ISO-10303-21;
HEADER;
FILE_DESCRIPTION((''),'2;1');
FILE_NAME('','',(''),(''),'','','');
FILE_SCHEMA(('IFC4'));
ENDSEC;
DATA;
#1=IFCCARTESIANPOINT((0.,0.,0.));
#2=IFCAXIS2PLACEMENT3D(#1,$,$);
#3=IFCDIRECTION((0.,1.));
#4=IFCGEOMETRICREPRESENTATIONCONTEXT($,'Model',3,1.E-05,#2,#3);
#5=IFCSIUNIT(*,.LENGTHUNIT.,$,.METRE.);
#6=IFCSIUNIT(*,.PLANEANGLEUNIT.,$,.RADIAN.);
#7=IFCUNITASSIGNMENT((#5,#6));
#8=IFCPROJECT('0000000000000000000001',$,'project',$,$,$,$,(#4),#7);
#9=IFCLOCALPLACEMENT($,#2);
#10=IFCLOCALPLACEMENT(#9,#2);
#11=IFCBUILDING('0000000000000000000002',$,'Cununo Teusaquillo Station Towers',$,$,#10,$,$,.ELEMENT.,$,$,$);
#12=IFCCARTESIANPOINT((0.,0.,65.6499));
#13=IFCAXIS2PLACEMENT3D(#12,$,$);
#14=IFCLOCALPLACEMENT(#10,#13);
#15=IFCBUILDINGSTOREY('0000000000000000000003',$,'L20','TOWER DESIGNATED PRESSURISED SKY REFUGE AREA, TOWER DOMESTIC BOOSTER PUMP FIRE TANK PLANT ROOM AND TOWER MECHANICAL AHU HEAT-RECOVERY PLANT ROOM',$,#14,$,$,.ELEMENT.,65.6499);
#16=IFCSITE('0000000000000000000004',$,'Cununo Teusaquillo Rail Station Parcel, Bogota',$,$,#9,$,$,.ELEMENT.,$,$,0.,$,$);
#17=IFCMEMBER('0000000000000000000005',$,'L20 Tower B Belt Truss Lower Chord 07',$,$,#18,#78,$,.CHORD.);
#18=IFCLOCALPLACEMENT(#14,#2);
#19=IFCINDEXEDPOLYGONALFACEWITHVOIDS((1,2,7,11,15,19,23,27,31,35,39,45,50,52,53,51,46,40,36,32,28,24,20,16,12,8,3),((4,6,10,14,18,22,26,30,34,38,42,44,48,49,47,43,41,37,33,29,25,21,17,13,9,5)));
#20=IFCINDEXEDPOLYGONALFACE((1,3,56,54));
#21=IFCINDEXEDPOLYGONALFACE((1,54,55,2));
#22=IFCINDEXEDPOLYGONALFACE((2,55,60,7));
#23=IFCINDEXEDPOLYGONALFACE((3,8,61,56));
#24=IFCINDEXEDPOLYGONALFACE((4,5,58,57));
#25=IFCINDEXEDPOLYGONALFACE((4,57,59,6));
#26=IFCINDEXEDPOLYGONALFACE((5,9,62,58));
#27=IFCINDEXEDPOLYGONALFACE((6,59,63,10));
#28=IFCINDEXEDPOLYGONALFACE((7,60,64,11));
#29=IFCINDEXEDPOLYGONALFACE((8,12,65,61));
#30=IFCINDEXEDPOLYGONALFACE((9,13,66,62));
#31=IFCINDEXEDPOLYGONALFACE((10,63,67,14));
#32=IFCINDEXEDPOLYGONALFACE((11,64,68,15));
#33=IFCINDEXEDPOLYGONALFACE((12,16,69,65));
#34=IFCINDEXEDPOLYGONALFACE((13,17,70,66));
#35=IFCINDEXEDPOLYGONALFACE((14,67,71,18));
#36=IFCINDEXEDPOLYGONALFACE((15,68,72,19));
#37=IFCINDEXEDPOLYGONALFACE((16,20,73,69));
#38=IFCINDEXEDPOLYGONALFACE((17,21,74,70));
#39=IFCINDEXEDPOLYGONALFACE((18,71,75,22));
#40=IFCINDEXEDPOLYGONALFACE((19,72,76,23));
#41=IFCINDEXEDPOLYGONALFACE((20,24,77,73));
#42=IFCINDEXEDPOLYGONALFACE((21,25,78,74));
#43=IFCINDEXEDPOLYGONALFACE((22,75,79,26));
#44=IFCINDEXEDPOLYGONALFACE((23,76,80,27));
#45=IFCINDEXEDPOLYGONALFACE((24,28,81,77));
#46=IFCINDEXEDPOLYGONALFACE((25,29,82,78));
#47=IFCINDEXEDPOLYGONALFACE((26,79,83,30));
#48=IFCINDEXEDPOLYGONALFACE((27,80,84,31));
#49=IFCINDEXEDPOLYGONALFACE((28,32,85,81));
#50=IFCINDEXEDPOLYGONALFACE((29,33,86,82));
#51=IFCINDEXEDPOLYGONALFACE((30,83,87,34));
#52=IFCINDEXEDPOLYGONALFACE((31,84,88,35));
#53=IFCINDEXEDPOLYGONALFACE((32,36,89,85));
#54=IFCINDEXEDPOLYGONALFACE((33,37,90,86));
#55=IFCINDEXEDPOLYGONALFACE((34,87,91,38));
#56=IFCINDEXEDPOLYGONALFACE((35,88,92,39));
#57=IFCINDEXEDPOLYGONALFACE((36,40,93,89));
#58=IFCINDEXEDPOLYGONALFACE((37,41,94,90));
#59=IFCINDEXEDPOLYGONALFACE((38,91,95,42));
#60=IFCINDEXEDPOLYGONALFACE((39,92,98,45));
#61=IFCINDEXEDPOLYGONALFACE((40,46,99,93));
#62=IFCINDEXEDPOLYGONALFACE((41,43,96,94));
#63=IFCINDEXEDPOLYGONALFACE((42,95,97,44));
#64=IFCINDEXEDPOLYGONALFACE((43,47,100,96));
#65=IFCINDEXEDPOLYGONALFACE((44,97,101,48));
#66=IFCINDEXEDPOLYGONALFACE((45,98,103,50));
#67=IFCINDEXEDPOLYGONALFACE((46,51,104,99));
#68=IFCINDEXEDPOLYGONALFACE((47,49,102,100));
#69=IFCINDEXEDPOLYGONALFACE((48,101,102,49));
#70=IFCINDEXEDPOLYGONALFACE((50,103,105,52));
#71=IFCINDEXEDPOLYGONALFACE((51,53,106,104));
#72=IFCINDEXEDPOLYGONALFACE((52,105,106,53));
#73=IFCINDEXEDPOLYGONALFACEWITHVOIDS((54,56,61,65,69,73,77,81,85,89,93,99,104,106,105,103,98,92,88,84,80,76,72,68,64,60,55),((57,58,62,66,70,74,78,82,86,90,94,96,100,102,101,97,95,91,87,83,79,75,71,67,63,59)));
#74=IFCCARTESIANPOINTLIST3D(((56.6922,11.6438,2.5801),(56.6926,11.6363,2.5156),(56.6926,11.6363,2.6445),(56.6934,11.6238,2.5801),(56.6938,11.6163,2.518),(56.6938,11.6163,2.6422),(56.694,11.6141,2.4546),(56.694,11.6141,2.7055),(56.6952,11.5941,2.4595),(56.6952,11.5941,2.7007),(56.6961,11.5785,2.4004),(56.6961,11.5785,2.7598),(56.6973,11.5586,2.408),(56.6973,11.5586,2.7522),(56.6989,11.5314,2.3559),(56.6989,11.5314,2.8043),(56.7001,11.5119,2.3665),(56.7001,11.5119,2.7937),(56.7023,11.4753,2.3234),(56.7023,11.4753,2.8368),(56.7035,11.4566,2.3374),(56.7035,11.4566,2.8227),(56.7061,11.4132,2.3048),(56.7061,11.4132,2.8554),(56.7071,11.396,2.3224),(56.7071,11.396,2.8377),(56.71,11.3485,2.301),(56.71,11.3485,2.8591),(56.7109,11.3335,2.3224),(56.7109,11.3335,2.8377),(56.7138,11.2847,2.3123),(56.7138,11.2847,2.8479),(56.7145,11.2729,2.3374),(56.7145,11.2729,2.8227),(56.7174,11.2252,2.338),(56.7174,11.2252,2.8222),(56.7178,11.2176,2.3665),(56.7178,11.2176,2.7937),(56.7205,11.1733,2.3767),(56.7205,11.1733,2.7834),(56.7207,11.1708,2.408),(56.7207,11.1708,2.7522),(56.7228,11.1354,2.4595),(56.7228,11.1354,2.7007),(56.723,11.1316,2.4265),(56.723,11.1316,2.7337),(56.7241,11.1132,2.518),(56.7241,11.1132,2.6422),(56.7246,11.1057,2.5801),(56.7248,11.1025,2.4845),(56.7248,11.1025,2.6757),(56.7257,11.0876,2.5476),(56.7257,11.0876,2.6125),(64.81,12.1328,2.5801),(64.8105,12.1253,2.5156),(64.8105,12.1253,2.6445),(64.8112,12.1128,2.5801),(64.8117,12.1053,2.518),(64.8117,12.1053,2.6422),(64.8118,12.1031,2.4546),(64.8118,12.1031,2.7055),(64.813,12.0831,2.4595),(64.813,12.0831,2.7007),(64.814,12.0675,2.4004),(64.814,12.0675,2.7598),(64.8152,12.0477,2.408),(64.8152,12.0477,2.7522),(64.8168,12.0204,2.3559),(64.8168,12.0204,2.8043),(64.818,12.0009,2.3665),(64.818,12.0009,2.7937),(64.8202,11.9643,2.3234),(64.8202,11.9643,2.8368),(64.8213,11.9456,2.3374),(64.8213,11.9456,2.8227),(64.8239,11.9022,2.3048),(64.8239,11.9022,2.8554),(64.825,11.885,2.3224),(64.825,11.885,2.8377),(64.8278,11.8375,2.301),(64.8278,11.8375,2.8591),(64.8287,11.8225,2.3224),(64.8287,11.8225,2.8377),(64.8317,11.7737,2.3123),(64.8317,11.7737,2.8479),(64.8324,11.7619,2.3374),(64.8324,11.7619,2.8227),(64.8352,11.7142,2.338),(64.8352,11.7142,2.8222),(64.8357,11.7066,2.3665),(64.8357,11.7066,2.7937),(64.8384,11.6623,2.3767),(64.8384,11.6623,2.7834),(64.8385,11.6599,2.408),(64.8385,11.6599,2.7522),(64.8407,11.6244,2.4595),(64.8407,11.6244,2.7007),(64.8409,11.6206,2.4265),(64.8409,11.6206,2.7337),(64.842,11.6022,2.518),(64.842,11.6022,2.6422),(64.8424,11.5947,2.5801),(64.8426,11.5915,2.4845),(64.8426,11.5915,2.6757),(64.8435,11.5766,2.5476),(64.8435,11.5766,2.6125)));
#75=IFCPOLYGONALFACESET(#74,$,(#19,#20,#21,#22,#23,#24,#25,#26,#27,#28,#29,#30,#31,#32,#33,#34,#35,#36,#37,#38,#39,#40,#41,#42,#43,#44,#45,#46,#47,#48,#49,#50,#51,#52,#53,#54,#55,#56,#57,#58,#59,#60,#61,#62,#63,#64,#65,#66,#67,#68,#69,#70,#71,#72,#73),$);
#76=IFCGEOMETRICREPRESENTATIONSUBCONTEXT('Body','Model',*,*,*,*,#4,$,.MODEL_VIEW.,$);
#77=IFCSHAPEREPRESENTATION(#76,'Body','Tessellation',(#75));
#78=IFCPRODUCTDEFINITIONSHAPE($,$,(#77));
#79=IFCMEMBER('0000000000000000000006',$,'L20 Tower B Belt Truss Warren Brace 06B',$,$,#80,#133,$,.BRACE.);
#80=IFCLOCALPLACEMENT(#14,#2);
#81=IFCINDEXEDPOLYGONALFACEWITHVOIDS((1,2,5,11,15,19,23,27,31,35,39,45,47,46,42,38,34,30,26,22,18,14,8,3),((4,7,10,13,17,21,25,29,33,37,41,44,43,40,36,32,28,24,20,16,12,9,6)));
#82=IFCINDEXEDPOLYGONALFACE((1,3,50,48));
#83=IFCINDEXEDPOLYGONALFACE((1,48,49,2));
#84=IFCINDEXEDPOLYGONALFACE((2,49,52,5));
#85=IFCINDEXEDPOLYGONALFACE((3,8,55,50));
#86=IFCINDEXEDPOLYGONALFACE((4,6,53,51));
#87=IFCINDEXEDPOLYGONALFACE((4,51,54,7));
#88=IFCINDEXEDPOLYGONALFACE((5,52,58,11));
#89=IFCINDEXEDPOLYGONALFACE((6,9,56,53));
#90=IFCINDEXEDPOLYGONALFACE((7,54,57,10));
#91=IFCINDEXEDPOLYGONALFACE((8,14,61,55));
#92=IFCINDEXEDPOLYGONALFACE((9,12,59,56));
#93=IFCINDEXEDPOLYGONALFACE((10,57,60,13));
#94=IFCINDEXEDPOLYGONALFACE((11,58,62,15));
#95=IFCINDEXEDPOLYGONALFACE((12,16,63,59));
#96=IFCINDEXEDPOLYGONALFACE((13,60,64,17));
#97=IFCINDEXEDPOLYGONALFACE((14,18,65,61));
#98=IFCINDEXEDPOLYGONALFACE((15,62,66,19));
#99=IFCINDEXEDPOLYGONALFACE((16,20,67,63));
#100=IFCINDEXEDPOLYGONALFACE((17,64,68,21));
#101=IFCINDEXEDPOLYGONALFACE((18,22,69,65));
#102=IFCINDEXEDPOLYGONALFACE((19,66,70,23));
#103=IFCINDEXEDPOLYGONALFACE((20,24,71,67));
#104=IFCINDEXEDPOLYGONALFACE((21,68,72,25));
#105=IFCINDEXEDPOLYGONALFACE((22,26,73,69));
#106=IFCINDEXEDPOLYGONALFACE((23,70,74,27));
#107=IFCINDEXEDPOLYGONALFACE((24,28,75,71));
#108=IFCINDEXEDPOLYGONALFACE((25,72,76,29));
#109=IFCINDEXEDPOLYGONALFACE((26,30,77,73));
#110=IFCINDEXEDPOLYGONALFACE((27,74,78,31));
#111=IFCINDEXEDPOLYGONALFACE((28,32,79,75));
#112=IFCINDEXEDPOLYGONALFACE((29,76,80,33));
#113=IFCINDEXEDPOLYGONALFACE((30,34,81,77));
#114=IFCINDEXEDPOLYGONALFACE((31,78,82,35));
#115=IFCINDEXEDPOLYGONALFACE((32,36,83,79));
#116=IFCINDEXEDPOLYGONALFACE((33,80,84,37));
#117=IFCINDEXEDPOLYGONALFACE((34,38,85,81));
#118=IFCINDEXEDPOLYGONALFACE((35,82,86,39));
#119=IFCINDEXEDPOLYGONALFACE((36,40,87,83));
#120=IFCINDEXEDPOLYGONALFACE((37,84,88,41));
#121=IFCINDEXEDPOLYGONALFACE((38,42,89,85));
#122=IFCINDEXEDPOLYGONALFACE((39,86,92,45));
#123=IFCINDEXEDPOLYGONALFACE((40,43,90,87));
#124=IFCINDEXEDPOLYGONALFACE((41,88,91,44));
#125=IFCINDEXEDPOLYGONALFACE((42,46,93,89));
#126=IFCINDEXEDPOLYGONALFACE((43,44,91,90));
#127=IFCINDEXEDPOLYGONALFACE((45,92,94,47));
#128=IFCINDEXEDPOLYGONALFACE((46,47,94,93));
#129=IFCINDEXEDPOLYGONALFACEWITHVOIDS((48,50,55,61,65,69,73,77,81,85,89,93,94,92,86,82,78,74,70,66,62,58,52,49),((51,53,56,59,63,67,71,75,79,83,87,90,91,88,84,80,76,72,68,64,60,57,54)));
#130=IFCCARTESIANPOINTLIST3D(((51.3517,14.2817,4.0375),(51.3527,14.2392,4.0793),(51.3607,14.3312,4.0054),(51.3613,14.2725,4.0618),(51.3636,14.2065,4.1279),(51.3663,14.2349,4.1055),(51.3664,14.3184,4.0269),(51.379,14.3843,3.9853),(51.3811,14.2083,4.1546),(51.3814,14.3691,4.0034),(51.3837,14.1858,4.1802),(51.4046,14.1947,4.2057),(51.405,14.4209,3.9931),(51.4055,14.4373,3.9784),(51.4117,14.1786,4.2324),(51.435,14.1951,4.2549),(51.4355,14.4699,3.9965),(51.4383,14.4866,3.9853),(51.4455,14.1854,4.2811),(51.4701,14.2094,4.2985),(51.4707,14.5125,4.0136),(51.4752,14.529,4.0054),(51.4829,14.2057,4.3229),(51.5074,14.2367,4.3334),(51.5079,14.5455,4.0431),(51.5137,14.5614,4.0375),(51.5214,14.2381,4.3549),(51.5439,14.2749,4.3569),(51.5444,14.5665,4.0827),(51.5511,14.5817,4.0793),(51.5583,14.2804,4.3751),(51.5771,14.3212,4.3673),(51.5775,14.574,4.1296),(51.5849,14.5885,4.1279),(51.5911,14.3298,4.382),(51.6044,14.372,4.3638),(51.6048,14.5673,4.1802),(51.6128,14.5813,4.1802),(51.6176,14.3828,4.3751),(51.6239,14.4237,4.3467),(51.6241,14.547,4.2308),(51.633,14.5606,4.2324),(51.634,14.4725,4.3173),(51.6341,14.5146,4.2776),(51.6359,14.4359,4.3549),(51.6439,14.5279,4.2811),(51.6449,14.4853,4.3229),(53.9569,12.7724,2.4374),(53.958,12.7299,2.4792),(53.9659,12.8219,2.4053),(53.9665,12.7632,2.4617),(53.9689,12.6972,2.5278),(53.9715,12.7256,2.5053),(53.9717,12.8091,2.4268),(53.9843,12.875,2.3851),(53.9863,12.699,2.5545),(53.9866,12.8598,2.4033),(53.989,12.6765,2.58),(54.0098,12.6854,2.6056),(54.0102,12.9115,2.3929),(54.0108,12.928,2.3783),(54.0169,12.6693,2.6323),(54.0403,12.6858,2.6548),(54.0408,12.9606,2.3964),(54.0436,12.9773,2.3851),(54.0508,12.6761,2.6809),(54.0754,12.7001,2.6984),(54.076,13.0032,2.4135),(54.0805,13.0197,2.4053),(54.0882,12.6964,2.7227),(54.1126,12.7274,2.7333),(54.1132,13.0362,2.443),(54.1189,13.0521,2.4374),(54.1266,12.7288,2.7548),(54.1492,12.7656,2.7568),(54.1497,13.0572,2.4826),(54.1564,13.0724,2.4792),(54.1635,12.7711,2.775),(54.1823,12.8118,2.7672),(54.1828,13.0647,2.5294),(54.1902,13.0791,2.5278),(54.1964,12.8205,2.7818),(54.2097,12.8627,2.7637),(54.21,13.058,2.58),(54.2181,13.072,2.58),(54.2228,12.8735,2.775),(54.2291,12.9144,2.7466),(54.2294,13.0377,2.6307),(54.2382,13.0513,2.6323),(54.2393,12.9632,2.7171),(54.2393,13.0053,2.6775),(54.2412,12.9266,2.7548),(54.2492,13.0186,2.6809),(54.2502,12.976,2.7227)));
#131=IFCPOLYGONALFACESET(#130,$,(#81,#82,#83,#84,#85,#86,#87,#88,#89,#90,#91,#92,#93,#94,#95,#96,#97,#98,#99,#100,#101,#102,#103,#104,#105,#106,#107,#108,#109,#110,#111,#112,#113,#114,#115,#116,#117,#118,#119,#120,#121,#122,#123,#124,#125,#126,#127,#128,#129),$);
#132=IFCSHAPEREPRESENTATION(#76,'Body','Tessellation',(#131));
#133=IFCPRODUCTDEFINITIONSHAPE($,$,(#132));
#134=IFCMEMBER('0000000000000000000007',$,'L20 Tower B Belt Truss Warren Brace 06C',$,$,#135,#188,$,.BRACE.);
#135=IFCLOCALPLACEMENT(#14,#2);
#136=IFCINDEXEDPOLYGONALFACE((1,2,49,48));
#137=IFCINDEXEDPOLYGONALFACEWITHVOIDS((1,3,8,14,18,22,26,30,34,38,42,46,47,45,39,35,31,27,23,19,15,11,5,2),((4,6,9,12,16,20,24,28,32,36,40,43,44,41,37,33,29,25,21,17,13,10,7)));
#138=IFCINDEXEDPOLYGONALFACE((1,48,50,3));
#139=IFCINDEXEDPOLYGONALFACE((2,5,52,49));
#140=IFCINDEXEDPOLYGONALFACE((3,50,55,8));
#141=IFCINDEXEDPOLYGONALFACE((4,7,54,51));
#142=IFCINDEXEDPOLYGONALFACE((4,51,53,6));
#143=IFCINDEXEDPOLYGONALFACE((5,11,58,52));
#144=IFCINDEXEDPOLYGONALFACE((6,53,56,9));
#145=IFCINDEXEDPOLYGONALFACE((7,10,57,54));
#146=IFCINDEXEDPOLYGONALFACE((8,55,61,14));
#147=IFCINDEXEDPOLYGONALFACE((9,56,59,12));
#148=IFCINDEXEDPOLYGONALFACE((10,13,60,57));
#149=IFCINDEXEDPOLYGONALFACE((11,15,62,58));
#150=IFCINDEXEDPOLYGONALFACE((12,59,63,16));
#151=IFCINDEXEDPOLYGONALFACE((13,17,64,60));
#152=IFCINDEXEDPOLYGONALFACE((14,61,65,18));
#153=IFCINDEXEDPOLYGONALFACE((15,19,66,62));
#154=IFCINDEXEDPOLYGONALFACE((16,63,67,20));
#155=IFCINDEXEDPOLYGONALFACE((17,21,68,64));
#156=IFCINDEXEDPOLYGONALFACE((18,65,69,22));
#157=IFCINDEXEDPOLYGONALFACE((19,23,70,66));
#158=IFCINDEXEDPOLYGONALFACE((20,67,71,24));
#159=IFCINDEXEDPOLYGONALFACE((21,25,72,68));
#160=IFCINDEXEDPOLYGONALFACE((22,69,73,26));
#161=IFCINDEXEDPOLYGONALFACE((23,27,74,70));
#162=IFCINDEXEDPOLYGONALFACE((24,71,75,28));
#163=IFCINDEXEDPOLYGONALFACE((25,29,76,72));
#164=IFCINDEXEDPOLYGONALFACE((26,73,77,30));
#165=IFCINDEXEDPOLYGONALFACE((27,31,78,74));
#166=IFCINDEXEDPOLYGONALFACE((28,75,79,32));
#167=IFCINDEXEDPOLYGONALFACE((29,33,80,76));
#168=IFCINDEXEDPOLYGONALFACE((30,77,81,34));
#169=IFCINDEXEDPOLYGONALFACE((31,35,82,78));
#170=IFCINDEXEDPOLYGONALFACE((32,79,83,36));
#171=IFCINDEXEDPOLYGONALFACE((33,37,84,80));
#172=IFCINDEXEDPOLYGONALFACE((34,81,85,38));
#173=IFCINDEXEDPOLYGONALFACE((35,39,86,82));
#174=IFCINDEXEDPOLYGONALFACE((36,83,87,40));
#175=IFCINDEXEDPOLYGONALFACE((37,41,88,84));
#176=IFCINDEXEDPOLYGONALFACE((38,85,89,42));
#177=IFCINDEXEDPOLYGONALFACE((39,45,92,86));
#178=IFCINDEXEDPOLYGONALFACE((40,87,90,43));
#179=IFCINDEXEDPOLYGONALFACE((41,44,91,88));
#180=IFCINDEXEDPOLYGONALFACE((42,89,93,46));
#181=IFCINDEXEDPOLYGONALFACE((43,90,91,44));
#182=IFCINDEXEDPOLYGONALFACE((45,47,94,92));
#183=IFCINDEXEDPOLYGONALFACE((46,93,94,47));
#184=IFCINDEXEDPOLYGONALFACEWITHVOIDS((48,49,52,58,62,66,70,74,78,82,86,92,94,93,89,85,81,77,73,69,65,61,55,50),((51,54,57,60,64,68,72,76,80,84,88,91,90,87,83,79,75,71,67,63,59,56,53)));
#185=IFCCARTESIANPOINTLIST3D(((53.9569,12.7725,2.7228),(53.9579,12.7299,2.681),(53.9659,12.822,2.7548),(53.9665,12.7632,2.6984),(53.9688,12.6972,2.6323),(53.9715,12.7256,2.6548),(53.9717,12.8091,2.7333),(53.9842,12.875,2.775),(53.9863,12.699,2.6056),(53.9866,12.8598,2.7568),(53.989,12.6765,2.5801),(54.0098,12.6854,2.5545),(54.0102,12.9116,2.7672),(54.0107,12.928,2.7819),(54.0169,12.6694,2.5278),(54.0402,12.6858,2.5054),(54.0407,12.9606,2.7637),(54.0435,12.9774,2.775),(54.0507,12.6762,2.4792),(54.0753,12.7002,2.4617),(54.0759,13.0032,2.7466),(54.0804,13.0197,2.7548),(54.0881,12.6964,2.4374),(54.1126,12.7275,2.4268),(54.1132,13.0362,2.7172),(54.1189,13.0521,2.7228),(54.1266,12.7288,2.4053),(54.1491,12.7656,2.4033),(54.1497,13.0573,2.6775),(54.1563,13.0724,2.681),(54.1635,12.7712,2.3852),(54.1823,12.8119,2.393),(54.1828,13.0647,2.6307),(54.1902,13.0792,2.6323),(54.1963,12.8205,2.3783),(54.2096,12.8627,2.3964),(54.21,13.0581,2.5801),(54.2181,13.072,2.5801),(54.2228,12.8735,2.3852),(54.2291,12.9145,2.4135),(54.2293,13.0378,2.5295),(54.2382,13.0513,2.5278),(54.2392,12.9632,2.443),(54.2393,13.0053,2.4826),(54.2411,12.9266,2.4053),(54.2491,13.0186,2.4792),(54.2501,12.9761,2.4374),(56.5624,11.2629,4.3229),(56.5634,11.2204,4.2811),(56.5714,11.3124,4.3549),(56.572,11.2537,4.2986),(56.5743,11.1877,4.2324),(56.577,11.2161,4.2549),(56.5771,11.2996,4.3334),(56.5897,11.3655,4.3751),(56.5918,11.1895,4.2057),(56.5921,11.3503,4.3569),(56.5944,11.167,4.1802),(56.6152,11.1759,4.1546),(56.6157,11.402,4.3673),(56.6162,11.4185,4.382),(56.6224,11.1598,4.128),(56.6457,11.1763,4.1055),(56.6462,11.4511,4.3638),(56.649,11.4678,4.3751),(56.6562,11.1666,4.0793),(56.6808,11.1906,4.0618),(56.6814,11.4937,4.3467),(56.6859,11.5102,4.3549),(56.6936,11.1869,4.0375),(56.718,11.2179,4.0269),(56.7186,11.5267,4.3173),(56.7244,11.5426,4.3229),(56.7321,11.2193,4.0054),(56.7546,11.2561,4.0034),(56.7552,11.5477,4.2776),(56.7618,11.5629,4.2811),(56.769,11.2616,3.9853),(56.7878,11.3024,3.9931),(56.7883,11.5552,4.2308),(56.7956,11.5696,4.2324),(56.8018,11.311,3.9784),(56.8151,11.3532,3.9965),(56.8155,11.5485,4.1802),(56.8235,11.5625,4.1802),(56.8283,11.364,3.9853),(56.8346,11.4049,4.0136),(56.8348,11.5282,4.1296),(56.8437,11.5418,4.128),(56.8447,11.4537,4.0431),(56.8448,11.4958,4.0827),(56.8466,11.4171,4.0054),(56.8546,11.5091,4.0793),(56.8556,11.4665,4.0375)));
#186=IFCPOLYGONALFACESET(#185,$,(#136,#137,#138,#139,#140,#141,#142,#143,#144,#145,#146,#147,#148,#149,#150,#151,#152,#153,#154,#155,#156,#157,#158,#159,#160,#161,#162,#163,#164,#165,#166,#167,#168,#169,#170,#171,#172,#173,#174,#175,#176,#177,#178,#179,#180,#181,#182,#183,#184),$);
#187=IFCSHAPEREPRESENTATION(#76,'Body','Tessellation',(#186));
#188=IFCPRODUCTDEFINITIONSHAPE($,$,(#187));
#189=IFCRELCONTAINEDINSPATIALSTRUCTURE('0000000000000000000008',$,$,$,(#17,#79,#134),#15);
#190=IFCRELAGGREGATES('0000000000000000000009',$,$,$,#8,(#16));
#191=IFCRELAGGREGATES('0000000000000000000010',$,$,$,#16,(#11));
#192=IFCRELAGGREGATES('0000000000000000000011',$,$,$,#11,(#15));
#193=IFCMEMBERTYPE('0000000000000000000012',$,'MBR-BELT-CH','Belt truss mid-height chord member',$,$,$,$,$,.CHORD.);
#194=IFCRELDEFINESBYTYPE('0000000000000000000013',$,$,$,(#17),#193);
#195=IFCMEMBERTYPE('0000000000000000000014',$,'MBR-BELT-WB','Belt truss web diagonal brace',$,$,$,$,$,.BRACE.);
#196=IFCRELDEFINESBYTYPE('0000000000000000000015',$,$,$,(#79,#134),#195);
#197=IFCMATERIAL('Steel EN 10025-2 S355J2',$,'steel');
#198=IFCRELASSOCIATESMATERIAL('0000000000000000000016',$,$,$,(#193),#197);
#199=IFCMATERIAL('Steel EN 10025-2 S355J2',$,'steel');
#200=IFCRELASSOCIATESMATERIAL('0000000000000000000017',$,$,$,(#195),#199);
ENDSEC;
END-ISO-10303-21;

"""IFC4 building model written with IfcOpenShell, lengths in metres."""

from ifc_helpers import new_model, si_unit, direction, frame, origin, origin_2d, place, context, subcontext, project, spatial, hollow_circle, extrude, material, material_profile, profile_set, type_object, element, save


model = new_model("IFC4")

# Units and contexts
model_context = context("Model", 3, precision=1e-05, world=origin(), true_north=direction((0.0, 1.0)))
body_context = subcontext(model_context, "Body", "Model", "MODEL_VIEW")
ifc_project = project(units=[si_unit("LENGTHUNIT", "METRE"), si_unit("PLANEANGLEUNIT", "RADIAN")], contexts=[model_context])

# Site, building, storey
site_placement = place(None, origin())
site = spatial("IfcSite", under=ifc_project, at=site_placement, Name="Cununo Teusaquillo Rail Station Parcel, Bogota", CompositionType="ELEMENT", RefElevation=0.0)
building_placement = place(site_placement, origin())
building = spatial("IfcBuilding", under=site, at=building_placement, Name="Cununo Teusaquillo Station Towers", CompositionType="ELEMENT")
storey_placement = place(building_placement, frame((0.0, 0.0, 65.6499)))
storey = spatial("IfcBuildingStorey", under=building, at=storey_placement, Name="L20", Description="TOWER DESIGNATED PRESSURISED SKY REFUGE AREA, TOWER DOMESTIC BOOSTER PUMP FIRE TANK PLANT ROOM AND TOWER MECHANICAL AHU HEAT-RECOVERY PLANT ROOM", CompositionType="ELEMENT", Elevation=65.6499)

# Members
ifc_material_1 = material(Name="Steel EN 10025-2 S355J2", Category="steel")
ifc_material_profile_1 = material_profile(ifc_material_1, hollow_circle(Radius=0.2795, WallThickness=0.02, at=origin_2d()), Name="CHS 559x20")
ifc_profile_set_1 = profile_set([ifc_material_profile_1], Name="Steel EN 10025-2 S355J2")
member_type_1 = type_object("IfcMemberType", Name="MBR-BELT-CH", Description="Belt truss mid-height chord member", PredefinedType="CHORD", material=ifc_profile_set_1)
member_1_placement = place(storey_placement, frame((56.709, 11.3647, 2.5801), z_axis=(0.998191, 0.06013, 0.0), x_axis=(-0.06013, 0.998191, 0.0)))
element("IfcMember", 1, at=member_1_placement, inside=storey, type_object=member_type_1, Name="L20 Tower B Belt Truss Lower Chord 07", PredefinedType="CHORD", context=body_context, shape_type="SweptSolid", body=[
    extrude(hollow_circle(Radius=0.2795, WallThickness=0.02, at=origin_2d()), origin(), (0.0, 0.0, 1.0), 8.1326),
])
ifc_material_2 = material(Name="Steel EN 10025-2 S355J2", Category="steel")
ifc_material_profile_2 = material_profile(ifc_material_2, hollow_circle(Radius=0.2285, WallThickness=0.0161, at=origin_2d()), Name="CHS 457x16")
ifc_profile_set_2 = profile_set([ifc_material_profile_2], Name="Steel EN 10025-2 S355J2")
member_type_2 = type_object("IfcMemberType", Name="MBR-BELT-WB", Description="Belt truss web diagonal brace", PredefinedType="BRACE", material=ifc_profile_set_2)
member_2_placement = place(storey_placement, frame((51.4983, 14.3835, 4.1802), z_axis=(0.764083, -0.442654, -0.469291), x_axis=(0.501282, 0.865284, 0.0)))
element("IfcMember", 2, at=member_2_placement, inside=storey, type_object=member_type_2, Name="L20 Tower B Belt Truss Warren Brace 06B", PredefinedType="BRACE", context=body_context, shape_type="SweptSolid", body=[
    extrude(hollow_circle(Radius=0.2285, WallThickness=0.0161, at=origin_2d()), origin(), (0.0, 0.0, 1.0), 3.4097),
])
member_3_placement = place(storey_placement, frame((54.1035, 12.8743, 2.5801), z_axis=(0.764089, -0.442688, 0.46925), x_axis=(0.501308, 0.865269, 0.0)))
element("IfcMember", 3, at=member_3_placement, inside=storey, type_object=member_type_2, Name="L20 Tower B Belt Truss Warren Brace 06C", PredefinedType="BRACE", context=body_context, shape_type="SweptSolid", body=[
    extrude(hollow_circle(Radius=0.2285, WallThickness=0.0161, at=origin_2d()), origin(), (0.0, 0.0, 1.0), 3.4099),
])

save(model, "model.ifc")
